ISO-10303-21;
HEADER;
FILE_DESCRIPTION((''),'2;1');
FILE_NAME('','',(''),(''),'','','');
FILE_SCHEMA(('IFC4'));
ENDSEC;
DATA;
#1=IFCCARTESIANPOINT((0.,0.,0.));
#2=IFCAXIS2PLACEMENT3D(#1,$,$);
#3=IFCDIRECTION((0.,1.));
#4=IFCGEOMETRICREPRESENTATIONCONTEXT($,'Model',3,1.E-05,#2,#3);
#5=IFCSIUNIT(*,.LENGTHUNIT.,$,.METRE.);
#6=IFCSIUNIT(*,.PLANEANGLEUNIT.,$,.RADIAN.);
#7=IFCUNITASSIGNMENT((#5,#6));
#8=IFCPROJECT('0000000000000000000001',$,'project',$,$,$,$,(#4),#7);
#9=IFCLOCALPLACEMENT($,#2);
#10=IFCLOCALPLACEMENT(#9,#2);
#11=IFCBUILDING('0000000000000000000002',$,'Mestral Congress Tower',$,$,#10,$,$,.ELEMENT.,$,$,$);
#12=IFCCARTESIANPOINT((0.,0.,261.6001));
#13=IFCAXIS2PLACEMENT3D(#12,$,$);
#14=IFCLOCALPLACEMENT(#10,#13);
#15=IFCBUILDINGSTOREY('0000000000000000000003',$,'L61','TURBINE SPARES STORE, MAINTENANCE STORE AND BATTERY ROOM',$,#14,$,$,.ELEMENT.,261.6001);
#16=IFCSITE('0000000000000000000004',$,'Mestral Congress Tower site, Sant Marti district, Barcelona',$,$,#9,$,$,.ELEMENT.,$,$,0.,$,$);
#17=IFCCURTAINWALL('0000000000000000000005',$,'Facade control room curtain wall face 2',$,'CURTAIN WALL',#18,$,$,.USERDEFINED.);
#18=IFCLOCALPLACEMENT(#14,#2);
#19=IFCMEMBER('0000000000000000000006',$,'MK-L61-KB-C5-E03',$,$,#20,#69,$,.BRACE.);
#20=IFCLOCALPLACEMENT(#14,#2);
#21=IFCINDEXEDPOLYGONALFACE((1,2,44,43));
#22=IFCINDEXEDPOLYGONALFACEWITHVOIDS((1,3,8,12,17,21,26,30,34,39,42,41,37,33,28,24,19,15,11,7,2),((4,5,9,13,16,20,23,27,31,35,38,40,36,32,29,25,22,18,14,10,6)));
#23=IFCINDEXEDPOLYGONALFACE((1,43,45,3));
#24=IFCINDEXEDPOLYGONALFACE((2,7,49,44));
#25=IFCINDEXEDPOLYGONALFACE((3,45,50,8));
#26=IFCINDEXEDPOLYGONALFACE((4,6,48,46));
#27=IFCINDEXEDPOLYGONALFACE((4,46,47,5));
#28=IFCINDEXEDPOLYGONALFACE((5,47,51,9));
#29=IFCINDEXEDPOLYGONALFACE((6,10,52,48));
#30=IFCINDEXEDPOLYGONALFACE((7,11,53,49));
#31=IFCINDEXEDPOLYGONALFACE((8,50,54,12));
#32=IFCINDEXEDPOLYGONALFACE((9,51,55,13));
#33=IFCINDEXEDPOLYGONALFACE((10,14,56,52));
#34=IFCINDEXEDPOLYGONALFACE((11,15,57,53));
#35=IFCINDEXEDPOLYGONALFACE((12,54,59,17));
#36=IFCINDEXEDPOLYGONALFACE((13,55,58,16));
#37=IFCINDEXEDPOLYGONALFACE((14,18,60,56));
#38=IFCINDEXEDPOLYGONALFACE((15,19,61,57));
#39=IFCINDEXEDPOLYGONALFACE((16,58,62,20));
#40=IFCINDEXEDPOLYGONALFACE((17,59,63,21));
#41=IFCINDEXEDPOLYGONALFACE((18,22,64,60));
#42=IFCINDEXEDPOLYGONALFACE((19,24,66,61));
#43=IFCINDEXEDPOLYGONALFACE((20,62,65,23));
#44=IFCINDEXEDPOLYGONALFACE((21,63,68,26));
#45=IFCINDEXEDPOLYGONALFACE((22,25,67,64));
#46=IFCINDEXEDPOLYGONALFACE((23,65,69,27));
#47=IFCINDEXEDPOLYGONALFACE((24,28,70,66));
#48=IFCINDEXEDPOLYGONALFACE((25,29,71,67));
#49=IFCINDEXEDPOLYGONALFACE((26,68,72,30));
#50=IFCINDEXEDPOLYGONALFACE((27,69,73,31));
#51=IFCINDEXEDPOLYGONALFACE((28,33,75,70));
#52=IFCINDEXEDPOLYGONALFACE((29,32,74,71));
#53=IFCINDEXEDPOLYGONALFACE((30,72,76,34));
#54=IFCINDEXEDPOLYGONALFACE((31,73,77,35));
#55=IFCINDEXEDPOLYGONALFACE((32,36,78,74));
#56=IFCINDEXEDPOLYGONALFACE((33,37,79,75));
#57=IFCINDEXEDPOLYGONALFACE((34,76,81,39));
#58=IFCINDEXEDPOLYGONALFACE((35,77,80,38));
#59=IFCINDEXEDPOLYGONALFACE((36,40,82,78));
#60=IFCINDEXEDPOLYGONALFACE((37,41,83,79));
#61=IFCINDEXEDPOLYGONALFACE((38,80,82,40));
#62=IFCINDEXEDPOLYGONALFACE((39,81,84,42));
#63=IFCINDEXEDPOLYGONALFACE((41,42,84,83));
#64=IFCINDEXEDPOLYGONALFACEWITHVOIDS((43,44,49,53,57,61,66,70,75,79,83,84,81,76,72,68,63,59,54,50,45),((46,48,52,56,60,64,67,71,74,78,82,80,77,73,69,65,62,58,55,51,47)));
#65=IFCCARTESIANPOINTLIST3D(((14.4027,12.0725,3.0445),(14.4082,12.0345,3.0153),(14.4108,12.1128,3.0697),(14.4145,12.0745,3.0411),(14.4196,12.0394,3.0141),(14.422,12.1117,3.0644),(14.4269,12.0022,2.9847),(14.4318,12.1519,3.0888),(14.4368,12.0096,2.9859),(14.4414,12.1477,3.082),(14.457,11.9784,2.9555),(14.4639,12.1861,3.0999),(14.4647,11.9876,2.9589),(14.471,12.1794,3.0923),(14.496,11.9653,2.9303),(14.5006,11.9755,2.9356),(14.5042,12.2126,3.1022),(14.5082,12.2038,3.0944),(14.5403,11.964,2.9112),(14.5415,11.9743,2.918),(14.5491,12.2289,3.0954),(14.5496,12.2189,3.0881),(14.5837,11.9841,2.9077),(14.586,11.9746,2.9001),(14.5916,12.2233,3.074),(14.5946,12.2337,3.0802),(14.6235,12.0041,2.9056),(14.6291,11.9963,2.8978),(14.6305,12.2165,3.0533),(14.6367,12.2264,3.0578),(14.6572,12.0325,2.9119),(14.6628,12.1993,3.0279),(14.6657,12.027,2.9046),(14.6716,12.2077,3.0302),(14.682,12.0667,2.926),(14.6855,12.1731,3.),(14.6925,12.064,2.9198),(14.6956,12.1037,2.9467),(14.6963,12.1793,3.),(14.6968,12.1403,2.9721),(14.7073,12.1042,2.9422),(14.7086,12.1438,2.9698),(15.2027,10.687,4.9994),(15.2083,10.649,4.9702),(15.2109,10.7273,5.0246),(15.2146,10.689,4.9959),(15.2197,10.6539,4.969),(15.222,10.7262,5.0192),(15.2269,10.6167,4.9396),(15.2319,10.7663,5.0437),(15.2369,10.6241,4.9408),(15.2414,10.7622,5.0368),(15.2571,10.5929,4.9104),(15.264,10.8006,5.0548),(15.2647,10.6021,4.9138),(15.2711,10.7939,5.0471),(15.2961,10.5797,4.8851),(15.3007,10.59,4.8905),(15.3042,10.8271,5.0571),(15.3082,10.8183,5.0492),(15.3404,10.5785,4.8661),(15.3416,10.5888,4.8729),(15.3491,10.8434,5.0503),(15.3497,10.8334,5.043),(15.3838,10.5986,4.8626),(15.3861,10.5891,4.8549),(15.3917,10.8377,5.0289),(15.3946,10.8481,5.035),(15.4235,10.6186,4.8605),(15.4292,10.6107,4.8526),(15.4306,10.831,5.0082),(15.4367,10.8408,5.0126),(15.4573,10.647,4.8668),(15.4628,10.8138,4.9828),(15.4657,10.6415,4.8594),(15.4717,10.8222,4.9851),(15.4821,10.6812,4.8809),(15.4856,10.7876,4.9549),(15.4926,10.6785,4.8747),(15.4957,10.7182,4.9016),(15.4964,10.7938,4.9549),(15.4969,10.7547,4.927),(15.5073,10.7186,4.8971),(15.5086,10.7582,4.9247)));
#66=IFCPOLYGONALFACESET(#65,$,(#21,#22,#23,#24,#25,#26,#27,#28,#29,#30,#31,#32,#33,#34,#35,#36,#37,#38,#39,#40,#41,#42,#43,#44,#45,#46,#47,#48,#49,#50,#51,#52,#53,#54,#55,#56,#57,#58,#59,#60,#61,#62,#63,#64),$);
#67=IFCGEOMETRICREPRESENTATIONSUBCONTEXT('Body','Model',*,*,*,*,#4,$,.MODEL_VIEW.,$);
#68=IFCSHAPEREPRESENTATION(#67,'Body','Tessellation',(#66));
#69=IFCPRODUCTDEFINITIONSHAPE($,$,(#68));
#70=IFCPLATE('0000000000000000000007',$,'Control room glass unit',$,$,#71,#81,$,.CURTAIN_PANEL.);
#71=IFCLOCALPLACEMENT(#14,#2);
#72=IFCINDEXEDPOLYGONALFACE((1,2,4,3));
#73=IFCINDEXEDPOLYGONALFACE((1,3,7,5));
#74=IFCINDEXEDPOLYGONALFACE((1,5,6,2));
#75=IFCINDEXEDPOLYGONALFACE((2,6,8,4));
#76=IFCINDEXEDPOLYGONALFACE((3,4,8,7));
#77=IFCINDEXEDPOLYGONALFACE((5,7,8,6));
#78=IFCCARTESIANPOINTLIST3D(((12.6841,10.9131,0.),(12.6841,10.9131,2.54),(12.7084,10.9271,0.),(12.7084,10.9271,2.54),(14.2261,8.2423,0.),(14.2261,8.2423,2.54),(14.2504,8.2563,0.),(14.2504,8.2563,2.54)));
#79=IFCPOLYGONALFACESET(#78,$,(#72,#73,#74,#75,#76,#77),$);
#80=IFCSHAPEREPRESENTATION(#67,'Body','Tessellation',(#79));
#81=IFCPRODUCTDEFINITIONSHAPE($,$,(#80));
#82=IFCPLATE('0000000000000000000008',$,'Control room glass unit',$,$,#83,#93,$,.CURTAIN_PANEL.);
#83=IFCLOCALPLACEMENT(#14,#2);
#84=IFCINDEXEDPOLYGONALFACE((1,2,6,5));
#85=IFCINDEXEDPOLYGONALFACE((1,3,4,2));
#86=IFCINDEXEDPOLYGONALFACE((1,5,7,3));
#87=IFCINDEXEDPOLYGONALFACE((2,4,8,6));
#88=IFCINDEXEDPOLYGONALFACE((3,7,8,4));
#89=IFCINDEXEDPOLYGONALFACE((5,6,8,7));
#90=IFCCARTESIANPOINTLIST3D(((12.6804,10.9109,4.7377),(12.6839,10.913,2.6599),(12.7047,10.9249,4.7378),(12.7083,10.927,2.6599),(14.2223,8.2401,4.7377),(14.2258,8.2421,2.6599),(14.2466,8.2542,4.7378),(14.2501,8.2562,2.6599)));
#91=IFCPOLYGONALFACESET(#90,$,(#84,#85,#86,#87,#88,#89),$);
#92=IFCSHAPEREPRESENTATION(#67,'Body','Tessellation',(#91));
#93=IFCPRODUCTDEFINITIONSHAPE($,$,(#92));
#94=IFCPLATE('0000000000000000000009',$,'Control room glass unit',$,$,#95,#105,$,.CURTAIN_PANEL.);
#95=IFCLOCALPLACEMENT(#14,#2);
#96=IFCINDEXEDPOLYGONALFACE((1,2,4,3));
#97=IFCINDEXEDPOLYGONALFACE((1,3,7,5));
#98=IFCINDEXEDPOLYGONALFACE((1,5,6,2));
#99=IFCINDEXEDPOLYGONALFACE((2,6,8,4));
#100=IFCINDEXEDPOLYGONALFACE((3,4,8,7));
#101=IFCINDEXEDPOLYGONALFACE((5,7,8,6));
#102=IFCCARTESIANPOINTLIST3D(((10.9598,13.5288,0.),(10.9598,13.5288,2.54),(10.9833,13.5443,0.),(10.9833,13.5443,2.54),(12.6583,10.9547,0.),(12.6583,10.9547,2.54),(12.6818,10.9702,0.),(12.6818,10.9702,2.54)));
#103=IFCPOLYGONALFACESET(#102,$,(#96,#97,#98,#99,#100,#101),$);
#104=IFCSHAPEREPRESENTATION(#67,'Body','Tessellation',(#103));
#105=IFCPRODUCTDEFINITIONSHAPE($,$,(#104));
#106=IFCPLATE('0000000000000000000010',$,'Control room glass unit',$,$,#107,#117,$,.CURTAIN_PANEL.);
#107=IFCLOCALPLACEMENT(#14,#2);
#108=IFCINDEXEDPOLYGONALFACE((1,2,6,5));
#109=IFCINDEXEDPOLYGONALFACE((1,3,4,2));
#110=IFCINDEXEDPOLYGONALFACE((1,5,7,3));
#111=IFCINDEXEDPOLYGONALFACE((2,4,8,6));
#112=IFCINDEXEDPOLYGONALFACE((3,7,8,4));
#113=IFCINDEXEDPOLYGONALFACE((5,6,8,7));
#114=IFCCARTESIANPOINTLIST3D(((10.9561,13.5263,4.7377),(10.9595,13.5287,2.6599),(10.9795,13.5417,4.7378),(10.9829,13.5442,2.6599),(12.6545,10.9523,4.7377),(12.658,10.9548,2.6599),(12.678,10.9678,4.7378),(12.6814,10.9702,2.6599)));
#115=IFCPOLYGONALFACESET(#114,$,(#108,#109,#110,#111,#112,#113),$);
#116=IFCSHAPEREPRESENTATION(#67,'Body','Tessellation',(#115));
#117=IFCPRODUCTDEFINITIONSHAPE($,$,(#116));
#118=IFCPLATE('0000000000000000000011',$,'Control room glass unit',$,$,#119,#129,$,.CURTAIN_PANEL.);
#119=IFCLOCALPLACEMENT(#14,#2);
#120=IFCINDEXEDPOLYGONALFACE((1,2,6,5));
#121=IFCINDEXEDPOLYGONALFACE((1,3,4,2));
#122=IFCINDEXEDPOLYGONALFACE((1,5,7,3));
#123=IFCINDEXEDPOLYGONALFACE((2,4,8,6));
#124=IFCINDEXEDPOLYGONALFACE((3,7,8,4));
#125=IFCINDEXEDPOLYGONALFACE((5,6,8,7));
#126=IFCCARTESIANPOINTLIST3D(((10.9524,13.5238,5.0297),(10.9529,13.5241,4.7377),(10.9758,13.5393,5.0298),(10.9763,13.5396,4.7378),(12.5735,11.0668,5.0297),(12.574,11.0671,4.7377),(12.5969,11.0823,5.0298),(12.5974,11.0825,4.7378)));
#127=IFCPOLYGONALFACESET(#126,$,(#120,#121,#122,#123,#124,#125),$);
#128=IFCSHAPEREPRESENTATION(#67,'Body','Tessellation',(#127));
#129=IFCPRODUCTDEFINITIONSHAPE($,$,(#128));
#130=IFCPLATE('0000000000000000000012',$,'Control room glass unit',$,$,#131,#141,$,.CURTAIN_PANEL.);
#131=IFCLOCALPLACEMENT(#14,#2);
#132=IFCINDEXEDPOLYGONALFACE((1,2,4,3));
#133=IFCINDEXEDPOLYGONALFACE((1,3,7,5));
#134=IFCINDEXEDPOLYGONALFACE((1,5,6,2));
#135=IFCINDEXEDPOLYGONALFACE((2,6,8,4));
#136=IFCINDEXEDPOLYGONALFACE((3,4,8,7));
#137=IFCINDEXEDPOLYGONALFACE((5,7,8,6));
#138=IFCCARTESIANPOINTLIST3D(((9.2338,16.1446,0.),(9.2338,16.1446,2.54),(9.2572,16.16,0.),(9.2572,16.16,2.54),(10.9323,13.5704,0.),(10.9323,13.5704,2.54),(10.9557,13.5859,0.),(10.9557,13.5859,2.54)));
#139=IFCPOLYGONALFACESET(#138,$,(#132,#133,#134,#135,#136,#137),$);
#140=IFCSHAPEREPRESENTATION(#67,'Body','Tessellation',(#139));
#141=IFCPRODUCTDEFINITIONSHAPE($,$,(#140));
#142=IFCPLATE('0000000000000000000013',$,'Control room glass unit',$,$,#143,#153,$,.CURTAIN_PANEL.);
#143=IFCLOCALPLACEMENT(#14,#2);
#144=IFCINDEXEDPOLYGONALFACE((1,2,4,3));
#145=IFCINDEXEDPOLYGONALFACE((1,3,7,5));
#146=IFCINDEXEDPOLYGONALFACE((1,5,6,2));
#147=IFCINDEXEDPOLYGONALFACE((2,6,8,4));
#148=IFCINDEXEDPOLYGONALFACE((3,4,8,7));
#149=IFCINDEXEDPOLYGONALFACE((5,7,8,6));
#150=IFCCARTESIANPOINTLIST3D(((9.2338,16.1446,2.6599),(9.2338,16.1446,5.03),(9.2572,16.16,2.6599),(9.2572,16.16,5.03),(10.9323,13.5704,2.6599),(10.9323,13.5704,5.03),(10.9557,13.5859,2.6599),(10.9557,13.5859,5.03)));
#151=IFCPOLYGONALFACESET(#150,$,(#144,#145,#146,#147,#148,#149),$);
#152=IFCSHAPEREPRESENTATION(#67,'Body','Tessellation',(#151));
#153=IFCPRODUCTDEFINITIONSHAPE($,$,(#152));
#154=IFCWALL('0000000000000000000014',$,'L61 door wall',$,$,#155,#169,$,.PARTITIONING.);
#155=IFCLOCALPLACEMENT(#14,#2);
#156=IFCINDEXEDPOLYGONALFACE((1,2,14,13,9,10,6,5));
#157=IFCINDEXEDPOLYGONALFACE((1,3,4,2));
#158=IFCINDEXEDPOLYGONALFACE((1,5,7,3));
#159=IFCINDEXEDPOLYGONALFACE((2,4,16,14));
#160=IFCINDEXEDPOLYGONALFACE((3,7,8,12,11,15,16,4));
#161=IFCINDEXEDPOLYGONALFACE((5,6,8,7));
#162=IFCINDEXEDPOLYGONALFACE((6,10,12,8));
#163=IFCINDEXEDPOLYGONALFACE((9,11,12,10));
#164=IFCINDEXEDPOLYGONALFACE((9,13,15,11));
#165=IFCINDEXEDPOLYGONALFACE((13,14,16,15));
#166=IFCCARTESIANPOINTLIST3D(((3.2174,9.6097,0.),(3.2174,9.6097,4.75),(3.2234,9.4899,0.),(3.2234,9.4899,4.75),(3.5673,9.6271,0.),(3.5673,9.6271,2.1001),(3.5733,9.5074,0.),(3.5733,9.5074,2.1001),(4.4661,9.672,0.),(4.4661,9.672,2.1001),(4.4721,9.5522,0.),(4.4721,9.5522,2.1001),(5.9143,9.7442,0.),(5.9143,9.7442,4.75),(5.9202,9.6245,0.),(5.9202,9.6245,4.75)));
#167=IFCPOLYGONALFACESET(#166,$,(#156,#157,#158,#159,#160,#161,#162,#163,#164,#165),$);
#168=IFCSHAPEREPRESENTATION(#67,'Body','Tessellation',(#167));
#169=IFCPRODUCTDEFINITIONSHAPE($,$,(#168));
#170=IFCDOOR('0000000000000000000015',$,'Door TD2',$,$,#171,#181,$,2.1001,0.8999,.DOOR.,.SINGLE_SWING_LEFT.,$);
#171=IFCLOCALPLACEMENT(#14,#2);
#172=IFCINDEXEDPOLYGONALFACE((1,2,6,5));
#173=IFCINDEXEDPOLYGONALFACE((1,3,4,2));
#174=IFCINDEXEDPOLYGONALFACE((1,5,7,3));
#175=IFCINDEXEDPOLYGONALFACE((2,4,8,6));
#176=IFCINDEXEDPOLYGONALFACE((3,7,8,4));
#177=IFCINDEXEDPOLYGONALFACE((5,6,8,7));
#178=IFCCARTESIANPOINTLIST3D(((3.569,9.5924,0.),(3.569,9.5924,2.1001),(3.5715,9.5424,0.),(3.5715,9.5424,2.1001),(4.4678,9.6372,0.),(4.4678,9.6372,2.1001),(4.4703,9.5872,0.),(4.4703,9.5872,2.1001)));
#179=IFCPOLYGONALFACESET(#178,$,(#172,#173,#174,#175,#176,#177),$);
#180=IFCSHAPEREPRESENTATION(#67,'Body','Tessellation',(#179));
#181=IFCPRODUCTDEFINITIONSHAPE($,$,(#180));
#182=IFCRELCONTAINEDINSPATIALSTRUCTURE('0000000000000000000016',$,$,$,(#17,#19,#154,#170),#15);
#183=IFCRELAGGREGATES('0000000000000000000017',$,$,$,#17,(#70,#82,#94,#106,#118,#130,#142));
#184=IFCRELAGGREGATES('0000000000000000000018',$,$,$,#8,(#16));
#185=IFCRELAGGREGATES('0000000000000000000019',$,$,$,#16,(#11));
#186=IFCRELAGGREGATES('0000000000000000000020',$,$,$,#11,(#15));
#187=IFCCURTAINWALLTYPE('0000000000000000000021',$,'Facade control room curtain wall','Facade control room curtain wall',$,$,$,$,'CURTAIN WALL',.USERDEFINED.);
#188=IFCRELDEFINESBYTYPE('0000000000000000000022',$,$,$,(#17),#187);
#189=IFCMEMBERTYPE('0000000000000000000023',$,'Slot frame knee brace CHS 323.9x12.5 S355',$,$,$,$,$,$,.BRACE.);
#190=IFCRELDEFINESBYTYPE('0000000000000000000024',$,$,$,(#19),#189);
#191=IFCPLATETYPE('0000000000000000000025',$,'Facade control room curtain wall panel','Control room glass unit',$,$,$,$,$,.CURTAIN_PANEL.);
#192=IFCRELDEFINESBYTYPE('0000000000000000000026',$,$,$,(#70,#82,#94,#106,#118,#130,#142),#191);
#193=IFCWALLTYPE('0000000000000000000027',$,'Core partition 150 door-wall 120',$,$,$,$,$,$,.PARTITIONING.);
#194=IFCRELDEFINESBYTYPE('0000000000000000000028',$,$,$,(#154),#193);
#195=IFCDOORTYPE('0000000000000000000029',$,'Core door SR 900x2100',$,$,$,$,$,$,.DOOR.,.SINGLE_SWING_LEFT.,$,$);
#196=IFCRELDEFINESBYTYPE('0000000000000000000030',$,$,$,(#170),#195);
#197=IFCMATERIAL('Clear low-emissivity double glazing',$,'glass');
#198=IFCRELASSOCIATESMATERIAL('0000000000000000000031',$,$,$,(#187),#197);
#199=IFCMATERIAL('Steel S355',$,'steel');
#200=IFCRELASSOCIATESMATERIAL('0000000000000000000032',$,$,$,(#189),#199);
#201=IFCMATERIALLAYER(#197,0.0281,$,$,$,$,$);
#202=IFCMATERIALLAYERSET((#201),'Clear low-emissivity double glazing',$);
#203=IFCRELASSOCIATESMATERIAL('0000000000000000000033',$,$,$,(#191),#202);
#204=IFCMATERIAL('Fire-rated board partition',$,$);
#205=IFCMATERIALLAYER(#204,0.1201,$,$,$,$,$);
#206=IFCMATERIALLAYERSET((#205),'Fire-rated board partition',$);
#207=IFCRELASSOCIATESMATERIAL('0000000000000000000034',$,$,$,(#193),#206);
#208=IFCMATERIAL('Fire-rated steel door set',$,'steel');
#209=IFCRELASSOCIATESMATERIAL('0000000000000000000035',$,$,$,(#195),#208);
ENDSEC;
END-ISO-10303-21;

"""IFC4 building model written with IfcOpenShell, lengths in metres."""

from ifc_helpers import new_model, si_unit, direction, frame, frame_2d, origin, origin_2d, place, context, subcontext, project, spatial, polyline, rectangle, hollow_circle, outline, extrude, material, layer, layer_set, material_profile, profile_set, type_object, element, fill, aggregate, save


model = new_model("IFC4")

# Units and contexts
model_context = context("Model", 3, precision=1e-05, world=origin(), true_north=direction((0.0, 1.0)))
body_context = subcontext(model_context, "Body", "Model", "MODEL_VIEW")
ifc_project = project(units=[si_unit("LENGTHUNIT", "METRE"), si_unit("PLANEANGLEUNIT", "RADIAN")], contexts=[model_context])

# Site, building, storey
site_placement = place(None, origin())
site = spatial("IfcSite", under=ifc_project, at=site_placement, Name="Mestral Congress Tower site, Sant Marti district, Barcelona", CompositionType="ELEMENT", RefElevation=0.0)
building_placement = place(site_placement, origin())
building = spatial("IfcBuilding", under=site, at=building_placement, Name="Mestral Congress Tower", CompositionType="ELEMENT")
storey_placement = place(building_placement, frame((0.0, 0.0, 261.6001)))
storey = spatial("IfcBuildingStorey", under=building, at=storey_placement, Name="L61", Description="TURBINE SPARES STORE, MAINTENANCE STORE AND BATTERY ROOM", CompositionType="ELEMENT", Elevation=261.6001)

# Curtain wall
ifc_material_1 = material(Name="Clear low-emissivity double glazing", Category="glass")
curtain_wall_type = type_object("IfcCurtainWallType", Name="Facade control room curtain wall", Description="Facade control room curtain wall", ElementType="CURTAIN WALL", PredefinedType="USERDEFINED", material=ifc_material_1)
placement = place(storey_placement, origin())
curtain_wall = element("IfcCurtainWall", 1, at=placement, inside=storey, type_object=curtain_wall_type, Name="Facade control room curtain wall face 2", ObjectType="CURTAIN WALL", PredefinedType="USERDEFINED")

# Shared definitions
ifc_material_2 = material(Name="Steel S355", Category="steel")

# Member
ifc_material_profile_1 = material_profile(ifc_material_2, hollow_circle(Radius=0.1619, WallThickness=0.0125, at=origin_2d()), Name="CHS 323.9x12.5")
ifc_profile_set_1 = profile_set([ifc_material_profile_1], Name="Steel S355")
member_type_1 = type_object("IfcMemberType", Name="Slot frame knee brace CHS 323.9x12.5 S355", PredefinedType="BRACE", material=ifc_profile_set_1)
member_1_placement = place(storey_placement, frame((14.5562, 12.0984, 3.0), z_axis=(0.316716, -0.548478, 0.773862), x_axis=(0.86599, 0.500061, 0.0)))
element("IfcMember", 2, at=member_1_placement, inside=storey, type_object=member_type_1, Name="MK-L61-KB-C5-E03", PredefinedType="BRACE", context=body_context, shape_type="SweptSolid", body=[
    extrude(hollow_circle(Radius=0.1619, WallThickness=0.0125, at=origin_2d()), origin(), (0.0, 0.0, 1.0), 2.5261),
])

# Plates
ifc_layer_1 = layer(ifc_material_1, 0.0281)
ifc_layer_set_1 = layer_set([ifc_layer_1], Name="Clear low-emissivity double glazing")
plate_type = type_object("IfcPlateType", Name="Facade control room curtain wall panel", Description="Control room glass unit", PredefinedType="CURTAIN_PANEL", material=ifc_layer_set_1)
plate_1_placement = place(storey_placement, frame((13.4673, 9.5847, 0.0), z_axis=(0.0, 0.0, 1.0), x_axis=(-0.5, 0.866025, 0.0)))
plate_1 = element("IfcPlate", 3, at=plate_1_placement, type_object=plate_type, Name="Control room glass unit", PredefinedType="CURTAIN_PANEL", context=body_context, shape_type="SweptSolid", body=[
    extrude(rectangle(XDim=3.084, YDim=0.0281, at=origin_2d()), origin(), (0.0, 0.0, 1.0), 2.54),
])
plate_2_placement = place(storey_placement, frame((12.7083, 10.927, 2.6599), z_axis=(0.866038, 0.499974, 0.001975), x_axis=(0.499975, -0.86604, 0.0)))
plate_2 = element("IfcPlate", 4, at=plate_2_placement, type_object=plate_type, Name="Control room glass unit", PredefinedType="CURTAIN_PANEL", context=body_context, shape_type="SweptSolid", body=[
    extrude(outline(polyline([(0.0, 0.0), (3.0839, 0.0), (3.0839, -2.0779), (0.0001, -2.0779), (0.0, 0.0)])), origin(), (0.0, 0.0, -1.0), 0.0281),
])
plate_3_placement = place(storey_placement, frame((11.8208, 12.2495, 0.0), z_axis=(0.0, 0.0, 1.0), x_axis=(-0.55075, 0.83467, 0.0)))
plate_3 = element("IfcPlate", 5, at=plate_3_placement, type_object=plate_type, Name="Control room glass unit", PredefinedType="CURTAIN_PANEL", context=body_context, shape_type="SweptSolid", body=[
    extrude(rectangle(XDim=3.084, YDim=0.0281, at=origin_2d()), origin(), (0.0, 0.0, 1.0), 2.54),
])
plate_4_placement = place(storey_placement, frame((10.9829, 13.5442, 2.6599), z_axis=(0.834658, 0.550765, 0.00202), x_axis=(0.550766, -0.83466, 0.0)))
plate_4 = element("IfcPlate", 6, at=plate_4_placement, type_object=plate_type, Name="Control room glass unit", PredefinedType="CURTAIN_PANEL", context=body_context, shape_type="SweptSolid", body=[
    extrude(outline(polyline([(0.0, 0.0), (3.0839, 0.0), (3.084, -2.0779), (0.0002, -2.0779), (0.0, 0.0)])), origin(), (0.0, 0.0, -1.0), 0.0281),
])
plate_5_placement = place(storey_placement, frame((10.9758, 13.5393, 5.0298), z_axis=(0.834693, 0.550712, 0.001856), x_axis=(0.001672, 0.000836, -0.999998)))
plate_5 = element("IfcPlate", 7, at=plate_5_placement, type_object=plate_type, Name="Control room glass unit", PredefinedType="CURTAIN_PANEL", context=body_context, shape_type="SweptSolid", body=[
    extrude(outline(polyline([(0.0, 0.0), (0.292, 0.0), (0.2926, -2.9436), (0.0007, -2.9436), (0.0, 0.0)])), origin(), (0.0, 0.0, -1.0), 0.0281),
])
plate_6_placement = place(storey_placement, frame((10.0947, 14.8652, 0.0), z_axis=(0.0, 0.0, 1.0), x_axis=(-0.55075, 0.83467, 0.0)))
plate_6 = element("IfcPlate", 8, at=plate_6_placement, type_object=plate_type, Name="Control room glass unit", PredefinedType="CURTAIN_PANEL", context=body_context, shape_type="SweptSolid", body=[
    extrude(rectangle(XDim=3.084, YDim=0.0281, at=origin_2d()), origin(), (0.0, 0.0, 1.0), 2.54),
])
plate_7_placement = place(storey_placement, frame((10.0947, 14.8652, 2.6599), z_axis=(0.0, 0.0, 1.0), x_axis=(-0.55075, 0.83467, 0.0)))
plate_7 = element("IfcPlate", 9, at=plate_7_placement, type_object=plate_type, Name="Control room glass unit", PredefinedType="CURTAIN_PANEL", context=body_context, shape_type="SweptSolid", body=[
    extrude(rectangle(XDim=3.084, YDim=0.0281, at=origin_2d()), origin(), (0.0, 0.0, 1.0), 2.3701),
])
aggregate(curtain_wall, [plate_1, plate_2, plate_3, plate_4, plate_5, plate_6, plate_7])

# Wall, opening, door
ifc_material_3 = material(Name="Fire-rated board partition")
ifc_layer_2 = layer(ifc_material_3, 0.1201)
ifc_layer_set_2 = layer_set([ifc_layer_2], Name="Fire-rated board partition")
wall_type_1 = type_object("IfcWallType", Name="Core partition 150 door-wall 120", PredefinedType="PARTITIONING", material=ifc_layer_set_2)
wall_1_placement = place(storey_placement, frame((5.9172, 9.6843, 0.0), z_axis=(0.0, 0.0, 1.0), x_axis=(-0.998758, -0.04982, 0.0)))
wall_1 = element("IfcWall", 10, at=wall_1_placement, inside=storey, type_object=wall_type_1, Name="L61 door wall", PredefinedType="PARTITIONING", context=body_context, shape_type="SweptSolid", body=[
    extrude(rectangle(XDim=2.7002, YDim=0.1199, at=frame_2d((1.3501, 0.0))), origin(), (0.0, 0.0, 1.0), 4.75),
])
opening_placement = place(wall_1_placement, frame((1.45, 0.0, 0.0)))
opening = element("IfcOpeningElement", 11, at=opening_placement, cuts=wall_1, PredefinedType="OPENING", context=body_context, shape_type="SweptSolid", body=[
    extrude(rectangle(XDim=0.8999, YDim=2.1001, at=frame_2d((0.45, 1.05))), frame((0.0, 0.0698, 0.0), z_axis=(0.0, -1.0, 0.0), x_axis=(1.0, 0.0, 0.0)), (0.0, 0.0, 1.0), 0.1399),
])
ifc_material_4 = material(Name="Fire-rated steel door set", Category="steel")
door_type = type_object("IfcDoorType", Name="Core door SR 900x2100", OperationType="SINGLE_SWING_LEFT", PredefinedType="DOOR", material=ifc_material_4)
door_placement = place(opening_placement, origin())
door = element("IfcDoor", 12, at=door_placement, inside=storey, type_object=door_type, Name="Door TD2", OperationType="SINGLE_SWING_LEFT", OverallHeight=2.1001, OverallWidth=0.8999, PredefinedType="DOOR", context=body_context, shape_type="SweptSolid", body=[
    extrude(rectangle(XDim=0.8999, YDim=2.1001, at=frame_2d((0.45, 1.05))), frame((0.0, 0.0249, 0.0), z_axis=(0.0, -1.0, 0.0), x_axis=(1.0, 0.0, 0.0)), (0.0, 0.0, 1.0), 0.05),
])
fill(opening, door)

save(model, "model.ifc")
